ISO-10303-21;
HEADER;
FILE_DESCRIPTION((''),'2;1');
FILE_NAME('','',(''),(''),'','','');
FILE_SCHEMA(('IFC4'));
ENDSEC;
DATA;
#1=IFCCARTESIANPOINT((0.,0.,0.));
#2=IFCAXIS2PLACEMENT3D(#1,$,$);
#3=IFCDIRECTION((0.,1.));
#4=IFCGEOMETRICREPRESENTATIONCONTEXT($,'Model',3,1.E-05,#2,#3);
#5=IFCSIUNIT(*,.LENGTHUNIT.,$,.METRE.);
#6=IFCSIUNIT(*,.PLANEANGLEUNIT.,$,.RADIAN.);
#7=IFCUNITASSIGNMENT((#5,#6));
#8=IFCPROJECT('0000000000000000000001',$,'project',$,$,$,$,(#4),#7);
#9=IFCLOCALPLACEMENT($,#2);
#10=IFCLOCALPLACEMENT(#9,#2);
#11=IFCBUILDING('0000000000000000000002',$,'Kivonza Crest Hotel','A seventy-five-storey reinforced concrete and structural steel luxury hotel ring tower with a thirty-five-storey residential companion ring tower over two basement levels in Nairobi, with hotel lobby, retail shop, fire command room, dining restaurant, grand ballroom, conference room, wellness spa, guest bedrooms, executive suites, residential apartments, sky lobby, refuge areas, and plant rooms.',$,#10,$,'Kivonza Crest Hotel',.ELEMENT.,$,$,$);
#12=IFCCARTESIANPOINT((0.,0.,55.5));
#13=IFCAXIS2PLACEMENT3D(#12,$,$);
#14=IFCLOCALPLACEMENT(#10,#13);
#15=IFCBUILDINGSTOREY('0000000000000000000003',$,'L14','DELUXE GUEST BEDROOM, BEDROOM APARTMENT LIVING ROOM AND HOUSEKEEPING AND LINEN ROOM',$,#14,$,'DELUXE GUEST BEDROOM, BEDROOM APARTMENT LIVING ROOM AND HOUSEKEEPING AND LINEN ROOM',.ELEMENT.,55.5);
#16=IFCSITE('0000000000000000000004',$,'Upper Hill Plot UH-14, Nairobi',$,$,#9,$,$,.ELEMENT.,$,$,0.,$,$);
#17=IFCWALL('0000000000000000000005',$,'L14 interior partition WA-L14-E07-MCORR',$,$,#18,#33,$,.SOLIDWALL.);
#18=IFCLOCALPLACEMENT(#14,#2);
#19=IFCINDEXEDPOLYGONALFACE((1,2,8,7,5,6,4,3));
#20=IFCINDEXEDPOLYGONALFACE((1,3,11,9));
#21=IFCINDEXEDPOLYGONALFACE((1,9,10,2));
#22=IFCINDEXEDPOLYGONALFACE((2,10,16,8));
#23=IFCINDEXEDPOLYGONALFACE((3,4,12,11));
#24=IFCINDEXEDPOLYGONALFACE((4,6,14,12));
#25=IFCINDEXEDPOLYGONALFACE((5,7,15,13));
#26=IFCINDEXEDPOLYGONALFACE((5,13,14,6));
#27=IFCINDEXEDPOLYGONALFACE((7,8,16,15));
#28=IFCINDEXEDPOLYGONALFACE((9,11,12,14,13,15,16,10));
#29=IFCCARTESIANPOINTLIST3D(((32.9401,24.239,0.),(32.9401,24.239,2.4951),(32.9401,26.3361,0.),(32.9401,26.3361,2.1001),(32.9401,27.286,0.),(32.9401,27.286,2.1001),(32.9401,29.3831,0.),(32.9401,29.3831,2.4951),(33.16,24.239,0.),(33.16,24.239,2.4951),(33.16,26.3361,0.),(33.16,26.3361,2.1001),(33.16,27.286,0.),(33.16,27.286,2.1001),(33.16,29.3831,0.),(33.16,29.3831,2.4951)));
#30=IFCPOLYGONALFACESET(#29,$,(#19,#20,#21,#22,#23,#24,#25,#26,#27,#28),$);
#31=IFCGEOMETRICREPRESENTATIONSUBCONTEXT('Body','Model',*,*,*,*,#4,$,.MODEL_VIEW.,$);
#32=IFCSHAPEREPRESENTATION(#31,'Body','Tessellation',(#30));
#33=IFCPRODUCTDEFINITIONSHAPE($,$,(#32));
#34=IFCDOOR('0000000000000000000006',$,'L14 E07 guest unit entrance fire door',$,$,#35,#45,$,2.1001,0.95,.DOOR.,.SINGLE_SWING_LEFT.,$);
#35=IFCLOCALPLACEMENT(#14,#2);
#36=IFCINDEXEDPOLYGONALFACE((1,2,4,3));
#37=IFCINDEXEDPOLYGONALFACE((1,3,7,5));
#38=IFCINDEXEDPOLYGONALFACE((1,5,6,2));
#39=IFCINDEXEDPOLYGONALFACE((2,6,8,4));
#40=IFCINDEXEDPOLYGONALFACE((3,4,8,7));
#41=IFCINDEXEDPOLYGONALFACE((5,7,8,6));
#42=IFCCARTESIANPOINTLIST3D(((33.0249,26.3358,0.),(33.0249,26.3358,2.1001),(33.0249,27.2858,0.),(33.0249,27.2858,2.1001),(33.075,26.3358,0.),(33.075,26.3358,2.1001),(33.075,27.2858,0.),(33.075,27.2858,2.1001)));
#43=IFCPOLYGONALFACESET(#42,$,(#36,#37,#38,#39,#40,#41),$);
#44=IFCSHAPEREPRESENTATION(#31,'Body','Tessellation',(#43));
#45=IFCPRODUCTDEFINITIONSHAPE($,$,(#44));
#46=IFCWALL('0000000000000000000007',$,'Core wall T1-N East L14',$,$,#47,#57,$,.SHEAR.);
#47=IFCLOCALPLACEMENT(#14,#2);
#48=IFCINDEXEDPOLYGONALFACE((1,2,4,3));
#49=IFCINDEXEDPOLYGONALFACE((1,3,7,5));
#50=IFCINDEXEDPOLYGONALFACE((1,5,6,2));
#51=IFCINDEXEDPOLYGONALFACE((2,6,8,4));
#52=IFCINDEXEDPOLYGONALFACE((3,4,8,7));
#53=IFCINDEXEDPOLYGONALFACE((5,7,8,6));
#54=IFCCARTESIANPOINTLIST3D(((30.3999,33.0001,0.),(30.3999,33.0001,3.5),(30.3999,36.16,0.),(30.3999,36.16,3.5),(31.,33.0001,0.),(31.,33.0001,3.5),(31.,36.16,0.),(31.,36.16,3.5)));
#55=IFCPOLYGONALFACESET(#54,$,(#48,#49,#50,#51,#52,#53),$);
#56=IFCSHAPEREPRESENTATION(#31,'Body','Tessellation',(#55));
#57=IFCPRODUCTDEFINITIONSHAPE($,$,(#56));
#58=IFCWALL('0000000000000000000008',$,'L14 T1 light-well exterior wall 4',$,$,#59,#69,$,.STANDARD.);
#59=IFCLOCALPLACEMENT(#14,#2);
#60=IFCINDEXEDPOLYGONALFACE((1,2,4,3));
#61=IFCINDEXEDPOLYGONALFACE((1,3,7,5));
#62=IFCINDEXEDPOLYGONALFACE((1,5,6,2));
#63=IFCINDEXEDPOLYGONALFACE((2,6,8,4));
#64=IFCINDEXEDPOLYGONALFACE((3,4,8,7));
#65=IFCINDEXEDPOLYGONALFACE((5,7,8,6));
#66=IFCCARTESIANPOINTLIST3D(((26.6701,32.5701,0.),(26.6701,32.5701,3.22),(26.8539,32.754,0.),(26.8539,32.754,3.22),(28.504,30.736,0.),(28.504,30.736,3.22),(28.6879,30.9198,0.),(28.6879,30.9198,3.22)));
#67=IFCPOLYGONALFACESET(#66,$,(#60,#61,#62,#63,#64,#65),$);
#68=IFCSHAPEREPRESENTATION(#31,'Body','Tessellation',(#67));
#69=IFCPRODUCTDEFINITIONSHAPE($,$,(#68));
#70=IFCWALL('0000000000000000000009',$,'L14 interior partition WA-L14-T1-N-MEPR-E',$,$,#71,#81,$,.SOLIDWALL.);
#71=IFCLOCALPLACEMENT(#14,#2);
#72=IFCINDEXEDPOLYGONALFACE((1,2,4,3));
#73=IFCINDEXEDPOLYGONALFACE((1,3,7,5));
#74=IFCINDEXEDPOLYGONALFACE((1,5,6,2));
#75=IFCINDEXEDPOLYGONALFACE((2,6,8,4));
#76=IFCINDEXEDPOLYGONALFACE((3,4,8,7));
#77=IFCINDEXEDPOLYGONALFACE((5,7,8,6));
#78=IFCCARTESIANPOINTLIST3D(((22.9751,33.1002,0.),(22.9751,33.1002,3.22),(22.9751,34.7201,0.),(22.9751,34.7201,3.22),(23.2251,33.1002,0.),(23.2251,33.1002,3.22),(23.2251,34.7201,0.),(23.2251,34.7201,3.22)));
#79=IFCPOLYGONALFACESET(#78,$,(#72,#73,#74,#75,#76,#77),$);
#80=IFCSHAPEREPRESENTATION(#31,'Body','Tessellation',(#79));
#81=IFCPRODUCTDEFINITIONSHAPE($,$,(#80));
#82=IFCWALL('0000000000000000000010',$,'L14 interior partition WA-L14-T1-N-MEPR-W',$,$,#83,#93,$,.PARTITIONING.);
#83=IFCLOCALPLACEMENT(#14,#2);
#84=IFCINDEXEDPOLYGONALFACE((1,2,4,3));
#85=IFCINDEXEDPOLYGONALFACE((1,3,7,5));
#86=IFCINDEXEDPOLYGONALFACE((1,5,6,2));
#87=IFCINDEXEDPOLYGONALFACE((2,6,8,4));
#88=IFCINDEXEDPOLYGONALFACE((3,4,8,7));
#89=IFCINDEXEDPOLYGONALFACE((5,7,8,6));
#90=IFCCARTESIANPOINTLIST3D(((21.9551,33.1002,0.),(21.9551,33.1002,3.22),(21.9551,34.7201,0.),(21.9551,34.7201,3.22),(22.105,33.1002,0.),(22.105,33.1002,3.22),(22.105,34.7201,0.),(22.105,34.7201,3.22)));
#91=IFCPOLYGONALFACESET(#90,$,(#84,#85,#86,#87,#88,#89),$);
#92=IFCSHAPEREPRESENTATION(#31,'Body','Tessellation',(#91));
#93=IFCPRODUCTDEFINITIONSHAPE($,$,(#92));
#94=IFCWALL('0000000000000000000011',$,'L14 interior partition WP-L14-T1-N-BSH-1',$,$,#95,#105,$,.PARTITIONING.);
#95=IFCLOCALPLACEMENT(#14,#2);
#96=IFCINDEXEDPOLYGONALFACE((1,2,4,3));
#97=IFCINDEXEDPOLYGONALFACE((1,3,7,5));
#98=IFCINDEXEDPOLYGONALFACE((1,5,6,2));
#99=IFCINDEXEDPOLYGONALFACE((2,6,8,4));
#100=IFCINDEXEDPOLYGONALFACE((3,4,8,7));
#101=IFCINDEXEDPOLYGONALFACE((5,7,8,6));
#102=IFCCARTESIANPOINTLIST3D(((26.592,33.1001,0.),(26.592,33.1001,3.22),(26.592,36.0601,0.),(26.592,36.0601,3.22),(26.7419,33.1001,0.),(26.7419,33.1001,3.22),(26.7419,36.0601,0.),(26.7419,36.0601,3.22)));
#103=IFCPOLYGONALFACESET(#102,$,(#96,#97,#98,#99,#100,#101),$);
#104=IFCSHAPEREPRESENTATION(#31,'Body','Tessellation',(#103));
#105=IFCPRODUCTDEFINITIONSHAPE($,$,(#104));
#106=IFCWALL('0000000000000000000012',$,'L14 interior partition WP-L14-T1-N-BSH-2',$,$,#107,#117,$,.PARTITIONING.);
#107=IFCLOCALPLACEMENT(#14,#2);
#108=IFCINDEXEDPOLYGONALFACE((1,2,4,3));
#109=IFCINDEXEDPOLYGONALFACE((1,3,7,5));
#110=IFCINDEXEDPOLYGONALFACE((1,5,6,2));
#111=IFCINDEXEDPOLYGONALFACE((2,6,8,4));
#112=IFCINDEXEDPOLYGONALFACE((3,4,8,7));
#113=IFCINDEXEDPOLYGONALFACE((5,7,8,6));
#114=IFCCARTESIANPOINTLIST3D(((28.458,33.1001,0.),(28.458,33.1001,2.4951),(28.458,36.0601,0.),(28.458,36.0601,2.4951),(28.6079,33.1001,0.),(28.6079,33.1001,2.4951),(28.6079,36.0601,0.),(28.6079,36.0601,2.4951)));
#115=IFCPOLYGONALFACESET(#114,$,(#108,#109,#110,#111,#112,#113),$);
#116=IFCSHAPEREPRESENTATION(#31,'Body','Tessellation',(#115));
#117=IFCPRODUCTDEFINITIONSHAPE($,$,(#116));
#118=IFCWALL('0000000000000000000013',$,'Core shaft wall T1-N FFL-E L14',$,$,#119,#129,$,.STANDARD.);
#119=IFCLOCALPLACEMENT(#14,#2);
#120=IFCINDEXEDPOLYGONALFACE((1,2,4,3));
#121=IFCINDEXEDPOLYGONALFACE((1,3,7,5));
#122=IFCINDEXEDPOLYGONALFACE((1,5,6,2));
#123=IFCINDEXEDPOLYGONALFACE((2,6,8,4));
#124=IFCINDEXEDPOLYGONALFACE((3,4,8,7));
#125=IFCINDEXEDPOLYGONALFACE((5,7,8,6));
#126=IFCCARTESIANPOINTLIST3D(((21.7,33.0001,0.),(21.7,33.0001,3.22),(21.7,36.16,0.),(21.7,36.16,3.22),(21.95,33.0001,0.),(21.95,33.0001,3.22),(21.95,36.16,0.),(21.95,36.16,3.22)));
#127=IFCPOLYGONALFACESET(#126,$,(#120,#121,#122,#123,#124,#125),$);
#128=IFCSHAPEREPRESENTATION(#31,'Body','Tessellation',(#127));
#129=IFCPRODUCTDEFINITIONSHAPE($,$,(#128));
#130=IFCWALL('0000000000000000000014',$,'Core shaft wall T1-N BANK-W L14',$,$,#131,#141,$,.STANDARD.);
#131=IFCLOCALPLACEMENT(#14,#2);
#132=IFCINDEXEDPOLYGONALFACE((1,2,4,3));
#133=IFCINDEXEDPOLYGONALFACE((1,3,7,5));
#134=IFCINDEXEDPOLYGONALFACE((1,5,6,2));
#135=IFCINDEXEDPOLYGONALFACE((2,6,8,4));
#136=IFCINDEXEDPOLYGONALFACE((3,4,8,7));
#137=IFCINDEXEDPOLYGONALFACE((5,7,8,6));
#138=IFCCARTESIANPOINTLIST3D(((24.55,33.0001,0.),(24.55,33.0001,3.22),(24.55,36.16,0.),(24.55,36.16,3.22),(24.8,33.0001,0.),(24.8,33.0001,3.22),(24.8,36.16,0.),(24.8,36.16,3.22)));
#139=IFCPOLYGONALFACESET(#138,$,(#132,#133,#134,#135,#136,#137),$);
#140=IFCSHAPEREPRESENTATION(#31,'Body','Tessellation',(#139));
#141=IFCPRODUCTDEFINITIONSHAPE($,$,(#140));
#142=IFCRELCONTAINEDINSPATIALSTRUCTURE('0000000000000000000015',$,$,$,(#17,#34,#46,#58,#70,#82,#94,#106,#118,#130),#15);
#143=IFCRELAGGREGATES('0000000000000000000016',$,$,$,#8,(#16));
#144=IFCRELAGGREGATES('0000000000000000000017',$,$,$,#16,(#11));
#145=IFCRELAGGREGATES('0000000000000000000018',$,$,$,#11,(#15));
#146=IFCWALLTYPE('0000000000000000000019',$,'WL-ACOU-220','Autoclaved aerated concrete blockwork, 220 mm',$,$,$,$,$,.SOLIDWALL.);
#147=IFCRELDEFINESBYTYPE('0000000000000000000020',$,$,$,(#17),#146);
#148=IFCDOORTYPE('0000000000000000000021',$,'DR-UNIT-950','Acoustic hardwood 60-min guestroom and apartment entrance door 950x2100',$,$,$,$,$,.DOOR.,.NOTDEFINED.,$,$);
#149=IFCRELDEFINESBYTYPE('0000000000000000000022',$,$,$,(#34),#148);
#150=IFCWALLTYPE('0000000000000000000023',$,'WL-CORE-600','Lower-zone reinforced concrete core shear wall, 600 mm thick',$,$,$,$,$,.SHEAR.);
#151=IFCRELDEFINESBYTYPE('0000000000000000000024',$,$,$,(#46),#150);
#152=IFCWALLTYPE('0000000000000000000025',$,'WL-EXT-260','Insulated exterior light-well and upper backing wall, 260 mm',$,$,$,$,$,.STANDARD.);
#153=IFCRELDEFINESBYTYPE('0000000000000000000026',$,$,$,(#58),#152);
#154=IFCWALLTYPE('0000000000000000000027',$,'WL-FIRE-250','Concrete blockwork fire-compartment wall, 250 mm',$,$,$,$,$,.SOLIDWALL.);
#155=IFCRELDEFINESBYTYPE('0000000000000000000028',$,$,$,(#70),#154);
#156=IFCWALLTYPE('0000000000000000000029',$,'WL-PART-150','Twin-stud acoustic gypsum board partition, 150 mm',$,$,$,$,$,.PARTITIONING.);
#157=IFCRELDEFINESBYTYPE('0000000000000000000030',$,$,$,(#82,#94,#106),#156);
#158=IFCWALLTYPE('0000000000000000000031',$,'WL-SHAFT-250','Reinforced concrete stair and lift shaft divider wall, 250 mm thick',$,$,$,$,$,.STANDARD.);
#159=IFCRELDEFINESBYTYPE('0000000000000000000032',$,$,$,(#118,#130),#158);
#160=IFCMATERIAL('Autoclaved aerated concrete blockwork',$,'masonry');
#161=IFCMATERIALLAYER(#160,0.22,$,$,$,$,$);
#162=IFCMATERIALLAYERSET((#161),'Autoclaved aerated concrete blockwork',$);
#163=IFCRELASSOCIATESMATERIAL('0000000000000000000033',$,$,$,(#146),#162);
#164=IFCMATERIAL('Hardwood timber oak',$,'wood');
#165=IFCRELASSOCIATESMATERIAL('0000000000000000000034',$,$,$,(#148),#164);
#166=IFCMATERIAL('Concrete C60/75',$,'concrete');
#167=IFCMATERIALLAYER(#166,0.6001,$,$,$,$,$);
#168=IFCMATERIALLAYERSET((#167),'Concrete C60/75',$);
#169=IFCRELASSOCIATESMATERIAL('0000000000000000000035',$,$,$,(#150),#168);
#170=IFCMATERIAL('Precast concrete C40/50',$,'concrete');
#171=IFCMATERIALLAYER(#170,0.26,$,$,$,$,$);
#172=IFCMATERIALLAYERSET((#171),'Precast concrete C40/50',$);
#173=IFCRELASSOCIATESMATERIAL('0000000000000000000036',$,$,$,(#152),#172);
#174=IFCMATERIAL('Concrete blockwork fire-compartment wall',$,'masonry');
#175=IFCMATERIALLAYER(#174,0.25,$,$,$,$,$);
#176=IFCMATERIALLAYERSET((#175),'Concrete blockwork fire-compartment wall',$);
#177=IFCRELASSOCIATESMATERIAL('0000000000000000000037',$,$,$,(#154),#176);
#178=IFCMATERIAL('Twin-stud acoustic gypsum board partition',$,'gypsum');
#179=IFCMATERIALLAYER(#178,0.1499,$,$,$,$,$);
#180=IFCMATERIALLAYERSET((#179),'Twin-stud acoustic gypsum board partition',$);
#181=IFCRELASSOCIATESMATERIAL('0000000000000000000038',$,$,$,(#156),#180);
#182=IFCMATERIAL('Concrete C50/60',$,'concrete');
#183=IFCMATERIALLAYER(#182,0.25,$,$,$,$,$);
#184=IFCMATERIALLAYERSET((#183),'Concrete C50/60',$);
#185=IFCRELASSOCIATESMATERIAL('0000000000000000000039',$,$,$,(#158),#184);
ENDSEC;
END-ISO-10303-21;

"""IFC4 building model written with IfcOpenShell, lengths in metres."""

from ifc_helpers import new_model, si_unit, direction, frame, frame_2d, origin, place, context, subcontext, project, spatial, rectangle, extrude, material, layer, layer_set, type_object, element, fill, save


model = new_model("IFC4")

# Units and contexts
model_context = context("Model", 3, precision=1e-05, world=origin(), true_north=direction((0.0, 1.0)))
body_context = subcontext(model_context, "Body", "Model", "MODEL_VIEW")
ifc_project = project(units=[si_unit("LENGTHUNIT", "METRE"), si_unit("PLANEANGLEUNIT", "RADIAN")], contexts=[model_context])

# Site, building, storey
site_placement = place(None, origin())
site = spatial("IfcSite", under=ifc_project, at=site_placement, Name="Upper Hill Plot UH-14, Nairobi", CompositionType="ELEMENT", RefElevation=0.0)
building_placement = place(site_placement, origin())
building = spatial("IfcBuilding", under=site, at=building_placement, Name="Kivonza Crest Hotel", Description="A seventy-five-storey reinforced concrete and structural steel luxury hotel ring tower with a thirty-five-storey residential companion ring tower over two basement levels in Nairobi, with hotel lobby, retail shop, fire command room, dining restaurant, grand ballroom, conference room, wellness spa, guest bedrooms, executive suites, residential apartments, sky lobby, refuge areas, and plant rooms.", LongName="Kivonza Crest Hotel", CompositionType="ELEMENT")
storey_placement = place(building_placement, frame((0.0, 0.0, 55.5)))
storey = spatial("IfcBuildingStorey", under=building, at=storey_placement, Name="L14", Description="DELUXE GUEST BEDROOM, BEDROOM APARTMENT LIVING ROOM AND HOUSEKEEPING AND LINEN ROOM", LongName="DELUXE GUEST BEDROOM, BEDROOM APARTMENT LIVING ROOM AND HOUSEKEEPING AND LINEN ROOM", CompositionType="ELEMENT", Elevation=55.5)

# Shared definitions
ifc_material_1 = material(Name="Concrete C60/75", Category="concrete")

# Wall, opening, door
ifc_material_2 = material(Name="Autoclaved aerated concrete blockwork", Category="masonry")
ifc_layer_1 = layer(ifc_material_2, 0.22)
ifc_layer_set_1 = layer_set([ifc_layer_1], Name="Autoclaved aerated concrete blockwork")
wall_type_1 = type_object("IfcWallType", Name="WL-ACOU-220", Description="Autoclaved aerated concrete blockwork, 220 mm", PredefinedType="SOLIDWALL", material=ifc_layer_set_1)
wall_1_placement = place(storey_placement, frame((33.05, 24.239, 0.0), z_axis=(0.0, 0.0, 1.0), x_axis=(0.0, 1.0, 0.0)))
wall_1 = element("IfcWall", 1, at=wall_1_placement, inside=storey, type_object=wall_type_1, Name="L14 interior partition WA-L14-E07-MCORR", PredefinedType="SOLIDWALL", context=body_context, shape_type="SweptSolid", body=[
    extrude(rectangle(XDim=5.144, YDim=0.22, at=frame_2d((2.572, 0.0))), origin(), (0.0, 0.0, 1.0), 2.4951),
])
opening_1_placement = place(wall_1_placement, frame((2.0969, 0.0, 0.0)))
opening_1 = element("IfcOpeningElement", 2, at=opening_1_placement, cuts=wall_1, PredefinedType="OPENING", context=body_context, shape_type="SweptSolid", body=[
    extrude(rectangle(XDim=0.95, YDim=2.1001, at=frame_2d((0.4751, 1.05))), frame((0.0, 0.1201, 0.0), z_axis=(0.0, -1.0, 0.0), x_axis=(1.0, 0.0, 0.0)), (0.0, 0.0, 1.0), 0.24),
])
ifc_material_3 = material(Name="Hardwood timber oak", Category="wood")
door_type_1 = type_object("IfcDoorType", Name="DR-UNIT-950", Description="Acoustic hardwood 60-min guestroom and apartment entrance door 950x2100", OperationType="NOTDEFINED", PredefinedType="DOOR", material=ifc_material_3)
door_1_placement = place(opening_1_placement, frame((0.95, 0.0, 0.0), z_axis=(0.0, 0.0, 1.0), x_axis=(-1.0, 0.0, 0.0)))
door_1 = element("IfcDoor", 3, at=door_1_placement, inside=storey, type_object=door_type_1, Name="L14 E07 guest unit entrance fire door", OperationType="SINGLE_SWING_LEFT", OverallHeight=2.1001, OverallWidth=0.95, PredefinedType="DOOR", context=body_context, shape_type="SweptSolid", body=[
    extrude(rectangle(XDim=0.95, YDim=2.1001, at=frame_2d((0.4751, 1.05))), frame((0.0, 0.0249, 0.0), z_axis=(0.0, -1.0, 0.0), x_axis=(1.0, 0.0, 0.0)), (0.0, 0.0, 1.0), 0.05),
])
fill(opening_1, door_1)

# Walls
ifc_layer_2 = layer(ifc_material_1, 0.6001)
ifc_layer_set_2 = layer_set([ifc_layer_2], Name="Concrete C60/75")
wall_type_2 = type_object("IfcWallType", Name="WL-CORE-600", Description="Lower-zone reinforced concrete core shear wall, 600 mm thick", PredefinedType="SHEAR", material=ifc_layer_set_2)
wall_2_placement = place(storey_placement, frame((30.7, 33.0, 0.0), z_axis=(0.0, 0.0, 1.0), x_axis=(0.0, 1.0, 0.0)))
element("IfcWall", 4, at=wall_2_placement, inside=storey, type_object=wall_type_2, Name="Core wall T1-N East L14", PredefinedType="SHEAR", context=body_context, shape_type="SweptSolid", body=[
    extrude(rectangle(XDim=3.1599, YDim=0.6001, at=frame_2d((1.5801, 0.0))), origin(), (0.0, 0.0, 1.0), 3.5),
])
ifc_material_4 = material(Name="Precast concrete C40/50", Category="concrete")
ifc_layer_3 = layer(ifc_material_4, 0.26)
ifc_layer_set_3 = layer_set([ifc_layer_3], Name="Precast concrete C40/50")
wall_type_3 = type_object("IfcWallType", Name="WL-EXT-260", Description="Insulated exterior light-well and upper backing wall, 260 mm", PredefinedType="STANDARD", material=ifc_layer_set_3)
wall_3_placement = place(storey_placement, frame((28.5959, 30.8279, 0.0), z_axis=(0.0, 0.0, 1.0), x_axis=(-0.70706, 0.707154, 0.0)))
element("IfcWall", 5, at=wall_3_placement, inside=storey, type_object=wall_type_3, Name="L14 T1 light-well exterior wall 4", PredefinedType="STANDARD", context=body_context, shape_type="SweptSolid", body=[
    extrude(rectangle(XDim=2.5938, YDim=0.26, at=frame_2d((1.2969, 0.0))), origin(), (0.0, 0.0, 1.0), 3.22),
])
ifc_material_5 = material(Name="Concrete blockwork fire-compartment wall", Category="masonry")
ifc_layer_4 = layer(ifc_material_5, 0.25)
ifc_layer_set_4 = layer_set([ifc_layer_4], Name="Concrete blockwork fire-compartment wall")
wall_type_4 = type_object("IfcWallType", Name="WL-FIRE-250", Description="Concrete blockwork fire-compartment wall, 250 mm", PredefinedType="SOLIDWALL", material=ifc_layer_set_4)
wall_4_placement = place(storey_placement, frame((23.1001, 33.1001, 0.0), z_axis=(0.0, 0.0, 1.0), x_axis=(0.0, 1.0, 0.0)))
element("IfcWall", 6, at=wall_4_placement, inside=storey, type_object=wall_type_4, Name="L14 interior partition WA-L14-T1-N-MEPR-E", PredefinedType="SOLIDWALL", context=body_context, shape_type="SweptSolid", body=[
    extrude(rectangle(XDim=1.6199, YDim=0.25, at=frame_2d((0.8101, 0.0))), origin(), (0.0, 0.0, 1.0), 3.22),
])
ifc_material_6 = material(Name="Twin-stud acoustic gypsum board partition", Category="gypsum")
ifc_layer_5 = layer(ifc_material_6, 0.1499)
ifc_layer_set_5 = layer_set([ifc_layer_5], Name="Twin-stud acoustic gypsum board partition")
wall_type_5 = type_object("IfcWallType", Name="WL-PART-150", Description="Twin-stud acoustic gypsum board partition, 150 mm", PredefinedType="PARTITIONING", material=ifc_layer_set_5)
wall_5_placement = place(storey_placement, frame((22.03, 33.1001, 0.0), z_axis=(0.0, 0.0, 1.0), x_axis=(0.0, 1.0, 0.0)))
element("IfcWall", 7, at=wall_5_placement, inside=storey, type_object=wall_type_5, Name="L14 interior partition WA-L14-T1-N-MEPR-W", PredefinedType="PARTITIONING", context=body_context, shape_type="SweptSolid", body=[
    extrude(rectangle(XDim=1.6199, YDim=0.1499, at=frame_2d((0.8101, 0.0))), origin(), (0.0, 0.0, 1.0), 3.22),
])
wall_6_placement = place(storey_placement, frame((26.667, 33.1001, 0.0), z_axis=(0.0, 0.0, 1.0), x_axis=(0.0, 1.0, 0.0)))
element("IfcWall", 8, at=wall_6_placement, inside=storey, type_object=wall_type_5, Name="L14 interior partition WP-L14-T1-N-BSH-1", PredefinedType="PARTITIONING", context=body_context, shape_type="SweptSolid", body=[
    extrude(rectangle(XDim=2.96, YDim=0.1499, at=frame_2d((1.48, 0.0))), origin(), (0.0, 0.0, 1.0), 3.22),
])
wall_7_placement = place(storey_placement, frame((28.533, 33.1001, 0.0), z_axis=(0.0, 0.0, 1.0), x_axis=(0.0, 1.0, 0.0)))
element("IfcWall", 9, at=wall_7_placement, inside=storey, type_object=wall_type_5, Name="L14 interior partition WP-L14-T1-N-BSH-2", PredefinedType="PARTITIONING", context=body_context, shape_type="SweptSolid", body=[
    extrude(rectangle(XDim=2.96, YDim=0.1499, at=frame_2d((1.48, 0.0))), origin(), (0.0, 0.0, 1.0), 2.4951),
])

# Shared definitions
ifc_material_7 = material(Name="Concrete C50/60", Category="concrete")
ifc_layer_6 = layer(ifc_material_7, 0.25)
ifc_layer_set_6 = layer_set([ifc_layer_6], Name="Concrete C50/60")
wall_type_6 = type_object("IfcWallType", Name="WL-SHAFT-250", Description="Reinforced concrete stair and lift shaft divider wall, 250 mm thick", PredefinedType="STANDARD", material=ifc_layer_set_6)

# Walls
for number, where, z_axis, x_axis, name in (
    (10, (21.825, 33.0, 0.0), (0.0, 0.0, 1.0), (0.0, 1.0, 0.0), "Core shaft wall T1-N FFL-E L14"),
    (11, (24.675, 33.0, 0.0), (0.0, 0.0, 1.0), (0.0, 1.0, 0.0), "Core shaft wall T1-N BANK-W L14"),
):
    element("IfcWall", number, at=place(storey_placement, frame(where, z_axis=z_axis, x_axis=x_axis)), inside=storey, type_object=wall_type_6, Name=name, PredefinedType="STANDARD", context=body_context, shape_type="SweptSolid", body=[
        extrude(rectangle(XDim=3.1599, YDim=0.25, at=frame_2d((1.5801, 0.0))), origin(), (0.0, 0.0, 1.0), 3.22),
    ])

save(model, "model.ifc")
